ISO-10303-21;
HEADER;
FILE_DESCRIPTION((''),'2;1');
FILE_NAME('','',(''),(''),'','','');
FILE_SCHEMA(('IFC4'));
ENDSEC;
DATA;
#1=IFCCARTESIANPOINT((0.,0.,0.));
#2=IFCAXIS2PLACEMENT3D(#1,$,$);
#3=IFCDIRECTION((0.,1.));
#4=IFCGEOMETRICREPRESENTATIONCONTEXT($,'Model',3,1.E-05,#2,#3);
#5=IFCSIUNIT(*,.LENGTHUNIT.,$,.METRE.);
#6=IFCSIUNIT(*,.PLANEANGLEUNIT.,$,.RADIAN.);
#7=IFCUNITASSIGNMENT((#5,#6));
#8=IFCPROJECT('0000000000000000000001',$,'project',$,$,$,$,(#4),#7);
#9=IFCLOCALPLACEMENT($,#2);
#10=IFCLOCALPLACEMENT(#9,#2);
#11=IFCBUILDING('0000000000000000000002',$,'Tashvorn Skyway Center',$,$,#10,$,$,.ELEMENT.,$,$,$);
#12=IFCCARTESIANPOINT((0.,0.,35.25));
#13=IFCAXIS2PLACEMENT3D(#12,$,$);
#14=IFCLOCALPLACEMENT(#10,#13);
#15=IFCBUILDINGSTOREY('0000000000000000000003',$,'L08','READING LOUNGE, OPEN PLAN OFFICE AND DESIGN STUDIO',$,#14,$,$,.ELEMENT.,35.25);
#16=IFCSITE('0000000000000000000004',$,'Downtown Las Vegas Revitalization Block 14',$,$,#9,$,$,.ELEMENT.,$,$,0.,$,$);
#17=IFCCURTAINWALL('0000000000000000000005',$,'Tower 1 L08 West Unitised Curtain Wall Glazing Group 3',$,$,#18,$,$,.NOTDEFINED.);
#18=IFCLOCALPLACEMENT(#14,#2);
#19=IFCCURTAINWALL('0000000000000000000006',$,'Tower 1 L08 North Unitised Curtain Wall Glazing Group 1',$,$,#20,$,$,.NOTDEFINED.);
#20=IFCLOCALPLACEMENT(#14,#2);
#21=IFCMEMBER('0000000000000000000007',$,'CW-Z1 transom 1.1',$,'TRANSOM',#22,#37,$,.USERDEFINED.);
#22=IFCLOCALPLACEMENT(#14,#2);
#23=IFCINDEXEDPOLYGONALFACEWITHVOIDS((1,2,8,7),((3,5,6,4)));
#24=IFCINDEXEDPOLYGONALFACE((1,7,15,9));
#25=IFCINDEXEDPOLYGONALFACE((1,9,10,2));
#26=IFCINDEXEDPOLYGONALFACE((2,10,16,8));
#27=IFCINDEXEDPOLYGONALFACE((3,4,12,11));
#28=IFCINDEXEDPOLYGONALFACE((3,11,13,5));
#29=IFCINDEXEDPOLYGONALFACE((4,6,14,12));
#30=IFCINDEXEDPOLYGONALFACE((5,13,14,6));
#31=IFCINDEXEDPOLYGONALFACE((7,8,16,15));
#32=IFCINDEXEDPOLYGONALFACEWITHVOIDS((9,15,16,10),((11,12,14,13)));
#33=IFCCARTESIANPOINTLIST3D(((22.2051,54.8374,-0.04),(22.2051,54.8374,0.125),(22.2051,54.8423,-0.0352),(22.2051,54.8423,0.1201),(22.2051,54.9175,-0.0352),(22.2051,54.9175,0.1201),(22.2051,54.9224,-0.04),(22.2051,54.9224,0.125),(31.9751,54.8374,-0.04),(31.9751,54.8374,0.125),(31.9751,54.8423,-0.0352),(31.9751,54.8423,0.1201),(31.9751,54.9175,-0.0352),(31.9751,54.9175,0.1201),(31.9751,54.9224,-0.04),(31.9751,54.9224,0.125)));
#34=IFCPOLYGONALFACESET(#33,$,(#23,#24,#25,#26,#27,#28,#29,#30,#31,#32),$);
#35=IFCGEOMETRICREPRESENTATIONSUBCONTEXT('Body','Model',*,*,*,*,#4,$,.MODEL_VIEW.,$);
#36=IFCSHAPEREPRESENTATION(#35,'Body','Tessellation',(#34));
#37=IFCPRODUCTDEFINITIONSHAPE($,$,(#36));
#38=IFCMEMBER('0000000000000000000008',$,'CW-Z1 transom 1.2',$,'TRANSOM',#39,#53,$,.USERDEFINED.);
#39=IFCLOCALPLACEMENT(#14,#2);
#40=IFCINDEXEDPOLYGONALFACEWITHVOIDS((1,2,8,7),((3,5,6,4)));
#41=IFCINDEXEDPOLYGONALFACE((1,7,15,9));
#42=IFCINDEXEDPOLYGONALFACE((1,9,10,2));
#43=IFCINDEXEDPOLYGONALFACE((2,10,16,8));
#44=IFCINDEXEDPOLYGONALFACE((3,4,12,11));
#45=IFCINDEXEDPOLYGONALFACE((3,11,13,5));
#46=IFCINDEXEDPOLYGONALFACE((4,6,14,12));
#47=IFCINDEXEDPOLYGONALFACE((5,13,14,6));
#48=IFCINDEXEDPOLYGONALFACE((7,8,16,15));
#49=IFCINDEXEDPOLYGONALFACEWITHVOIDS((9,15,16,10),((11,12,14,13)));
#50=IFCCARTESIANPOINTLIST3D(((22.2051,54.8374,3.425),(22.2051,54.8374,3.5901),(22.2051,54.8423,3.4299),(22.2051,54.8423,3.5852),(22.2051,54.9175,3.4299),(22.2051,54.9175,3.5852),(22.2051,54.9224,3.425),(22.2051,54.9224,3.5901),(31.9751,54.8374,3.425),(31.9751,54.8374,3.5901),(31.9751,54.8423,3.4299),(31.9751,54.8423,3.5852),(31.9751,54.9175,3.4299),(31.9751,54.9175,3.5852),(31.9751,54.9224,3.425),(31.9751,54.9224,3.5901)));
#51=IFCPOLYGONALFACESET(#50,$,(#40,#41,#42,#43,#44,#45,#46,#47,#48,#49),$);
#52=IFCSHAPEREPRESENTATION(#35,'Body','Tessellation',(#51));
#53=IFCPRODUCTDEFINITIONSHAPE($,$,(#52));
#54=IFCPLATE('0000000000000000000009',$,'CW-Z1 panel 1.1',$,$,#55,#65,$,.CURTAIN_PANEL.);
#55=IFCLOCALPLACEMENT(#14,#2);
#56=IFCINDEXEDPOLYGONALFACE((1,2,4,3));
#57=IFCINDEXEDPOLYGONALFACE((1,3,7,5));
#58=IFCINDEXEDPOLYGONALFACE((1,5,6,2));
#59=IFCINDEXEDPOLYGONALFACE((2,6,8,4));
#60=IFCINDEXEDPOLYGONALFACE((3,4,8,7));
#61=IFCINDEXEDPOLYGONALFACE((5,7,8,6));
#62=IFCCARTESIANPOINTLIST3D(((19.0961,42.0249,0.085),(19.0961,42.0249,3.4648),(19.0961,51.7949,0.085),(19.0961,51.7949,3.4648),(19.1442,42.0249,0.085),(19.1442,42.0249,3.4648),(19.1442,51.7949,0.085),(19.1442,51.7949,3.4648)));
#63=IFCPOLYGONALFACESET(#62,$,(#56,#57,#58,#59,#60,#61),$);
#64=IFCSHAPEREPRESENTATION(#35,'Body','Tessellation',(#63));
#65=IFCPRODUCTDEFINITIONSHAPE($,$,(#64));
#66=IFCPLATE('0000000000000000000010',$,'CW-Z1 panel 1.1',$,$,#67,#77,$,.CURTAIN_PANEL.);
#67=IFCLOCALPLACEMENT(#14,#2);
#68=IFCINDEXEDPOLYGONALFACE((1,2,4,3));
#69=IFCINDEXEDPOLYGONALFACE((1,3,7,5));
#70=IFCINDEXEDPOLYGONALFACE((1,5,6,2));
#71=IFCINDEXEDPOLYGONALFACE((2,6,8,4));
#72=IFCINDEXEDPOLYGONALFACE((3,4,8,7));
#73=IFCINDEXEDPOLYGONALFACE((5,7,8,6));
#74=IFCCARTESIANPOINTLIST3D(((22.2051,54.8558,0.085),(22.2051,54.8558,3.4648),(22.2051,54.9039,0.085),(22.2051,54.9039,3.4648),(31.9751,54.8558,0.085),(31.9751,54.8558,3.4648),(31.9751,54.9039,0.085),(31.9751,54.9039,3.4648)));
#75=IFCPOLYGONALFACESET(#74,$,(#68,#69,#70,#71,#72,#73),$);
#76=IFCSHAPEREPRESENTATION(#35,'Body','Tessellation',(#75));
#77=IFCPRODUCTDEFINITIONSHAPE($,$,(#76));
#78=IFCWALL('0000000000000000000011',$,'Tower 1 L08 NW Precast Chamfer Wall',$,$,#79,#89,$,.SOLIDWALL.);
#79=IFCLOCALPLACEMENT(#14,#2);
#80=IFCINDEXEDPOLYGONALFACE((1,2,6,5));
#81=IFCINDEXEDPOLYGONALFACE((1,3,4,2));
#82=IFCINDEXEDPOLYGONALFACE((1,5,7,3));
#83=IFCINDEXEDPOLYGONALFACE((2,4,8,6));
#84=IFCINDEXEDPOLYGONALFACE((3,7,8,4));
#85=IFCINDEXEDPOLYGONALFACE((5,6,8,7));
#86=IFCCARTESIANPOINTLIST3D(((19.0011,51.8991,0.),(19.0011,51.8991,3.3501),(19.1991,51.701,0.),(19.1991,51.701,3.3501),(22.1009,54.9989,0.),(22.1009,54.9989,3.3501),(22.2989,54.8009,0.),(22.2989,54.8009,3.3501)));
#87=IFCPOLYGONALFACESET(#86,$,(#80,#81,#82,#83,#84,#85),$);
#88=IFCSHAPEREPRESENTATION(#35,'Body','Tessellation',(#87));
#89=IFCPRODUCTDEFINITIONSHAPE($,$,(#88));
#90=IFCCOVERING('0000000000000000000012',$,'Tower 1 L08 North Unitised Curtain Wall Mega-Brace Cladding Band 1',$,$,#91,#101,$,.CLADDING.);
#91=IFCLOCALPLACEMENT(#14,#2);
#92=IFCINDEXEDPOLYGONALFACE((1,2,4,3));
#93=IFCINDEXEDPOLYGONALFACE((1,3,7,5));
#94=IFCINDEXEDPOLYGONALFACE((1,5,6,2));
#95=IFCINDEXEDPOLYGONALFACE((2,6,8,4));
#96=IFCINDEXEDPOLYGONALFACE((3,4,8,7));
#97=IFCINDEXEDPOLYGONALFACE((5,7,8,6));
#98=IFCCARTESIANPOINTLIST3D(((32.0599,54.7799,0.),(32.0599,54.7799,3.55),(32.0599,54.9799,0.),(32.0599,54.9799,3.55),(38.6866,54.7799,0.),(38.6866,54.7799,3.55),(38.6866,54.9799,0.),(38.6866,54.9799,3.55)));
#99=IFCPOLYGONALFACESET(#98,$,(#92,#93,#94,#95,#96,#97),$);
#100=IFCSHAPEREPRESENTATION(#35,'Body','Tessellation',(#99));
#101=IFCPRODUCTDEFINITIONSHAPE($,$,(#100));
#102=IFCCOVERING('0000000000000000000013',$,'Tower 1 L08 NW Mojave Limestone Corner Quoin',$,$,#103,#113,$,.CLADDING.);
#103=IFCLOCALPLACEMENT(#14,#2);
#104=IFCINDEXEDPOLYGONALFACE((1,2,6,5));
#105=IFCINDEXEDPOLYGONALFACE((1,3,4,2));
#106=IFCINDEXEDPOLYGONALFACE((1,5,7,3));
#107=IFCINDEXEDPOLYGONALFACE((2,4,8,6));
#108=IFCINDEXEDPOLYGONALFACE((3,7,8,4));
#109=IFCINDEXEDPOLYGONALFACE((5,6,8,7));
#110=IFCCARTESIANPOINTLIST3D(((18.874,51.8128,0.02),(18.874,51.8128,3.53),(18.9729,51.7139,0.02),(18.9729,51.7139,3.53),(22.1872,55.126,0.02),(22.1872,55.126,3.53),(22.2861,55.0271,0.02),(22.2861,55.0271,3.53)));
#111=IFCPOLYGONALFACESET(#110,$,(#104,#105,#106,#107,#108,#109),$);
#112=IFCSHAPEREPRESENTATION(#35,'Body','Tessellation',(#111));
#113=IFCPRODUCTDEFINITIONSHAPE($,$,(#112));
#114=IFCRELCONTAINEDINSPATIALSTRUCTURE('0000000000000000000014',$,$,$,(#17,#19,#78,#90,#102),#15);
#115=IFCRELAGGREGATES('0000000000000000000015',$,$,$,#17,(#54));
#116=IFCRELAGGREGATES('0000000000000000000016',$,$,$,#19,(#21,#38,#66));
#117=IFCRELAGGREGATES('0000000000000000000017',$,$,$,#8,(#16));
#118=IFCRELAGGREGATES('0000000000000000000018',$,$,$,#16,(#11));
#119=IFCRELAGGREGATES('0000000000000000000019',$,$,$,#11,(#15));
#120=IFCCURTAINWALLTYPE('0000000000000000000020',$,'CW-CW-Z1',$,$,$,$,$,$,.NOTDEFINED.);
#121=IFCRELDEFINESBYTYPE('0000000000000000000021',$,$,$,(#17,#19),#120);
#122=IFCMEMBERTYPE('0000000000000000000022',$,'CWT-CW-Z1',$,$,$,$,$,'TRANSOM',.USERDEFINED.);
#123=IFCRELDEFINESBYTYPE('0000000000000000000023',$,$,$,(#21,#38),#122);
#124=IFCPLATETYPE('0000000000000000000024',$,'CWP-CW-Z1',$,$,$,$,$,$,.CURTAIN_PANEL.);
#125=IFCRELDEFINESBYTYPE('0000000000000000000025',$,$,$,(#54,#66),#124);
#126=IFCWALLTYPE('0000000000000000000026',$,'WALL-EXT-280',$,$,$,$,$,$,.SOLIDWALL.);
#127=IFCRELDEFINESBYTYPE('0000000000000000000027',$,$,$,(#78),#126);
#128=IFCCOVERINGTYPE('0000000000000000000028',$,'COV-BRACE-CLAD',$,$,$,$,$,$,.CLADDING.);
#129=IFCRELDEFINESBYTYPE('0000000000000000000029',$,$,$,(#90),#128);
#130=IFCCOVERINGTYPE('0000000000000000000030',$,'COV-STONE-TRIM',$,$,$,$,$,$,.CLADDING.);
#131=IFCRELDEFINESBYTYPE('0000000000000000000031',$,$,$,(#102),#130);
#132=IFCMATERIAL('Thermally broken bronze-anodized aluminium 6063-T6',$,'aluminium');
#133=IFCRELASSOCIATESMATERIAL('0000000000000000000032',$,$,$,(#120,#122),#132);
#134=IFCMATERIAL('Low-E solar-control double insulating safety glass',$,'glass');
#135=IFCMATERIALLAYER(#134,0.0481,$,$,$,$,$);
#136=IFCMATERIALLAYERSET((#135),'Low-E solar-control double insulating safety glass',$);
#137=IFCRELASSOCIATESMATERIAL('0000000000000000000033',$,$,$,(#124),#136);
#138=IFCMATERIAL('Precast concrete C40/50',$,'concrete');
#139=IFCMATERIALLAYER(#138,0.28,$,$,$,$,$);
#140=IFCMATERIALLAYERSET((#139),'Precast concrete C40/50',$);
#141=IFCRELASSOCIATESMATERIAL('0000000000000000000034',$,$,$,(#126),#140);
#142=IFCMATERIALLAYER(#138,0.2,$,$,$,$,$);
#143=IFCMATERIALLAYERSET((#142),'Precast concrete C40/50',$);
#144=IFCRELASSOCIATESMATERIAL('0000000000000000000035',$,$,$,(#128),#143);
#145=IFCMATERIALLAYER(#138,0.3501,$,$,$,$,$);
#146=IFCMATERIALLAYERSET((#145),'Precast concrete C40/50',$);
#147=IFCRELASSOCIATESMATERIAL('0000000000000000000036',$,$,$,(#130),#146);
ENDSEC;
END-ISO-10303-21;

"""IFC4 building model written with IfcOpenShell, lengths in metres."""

from ifc_helpers import new_model, si_unit, direction, frame, frame_2d, origin, origin_2d, place, context, subcontext, project, spatial, rectangle, hollow_rectangle, extrude, material, layer, layer_set, material_profile, profile_set, type_object, element, aggregate, save


model = new_model("IFC4")

# Units and contexts
model_context = context("Model", 3, precision=1e-05, world=origin(), true_north=direction((0.0, 1.0)))
body_context = subcontext(model_context, "Body", "Model", "MODEL_VIEW")
ifc_project = project(units=[si_unit("LENGTHUNIT", "METRE"), si_unit("PLANEANGLEUNIT", "RADIAN")], contexts=[model_context])

# Site, building, storey
site_placement = place(None, origin())
site = spatial("IfcSite", under=ifc_project, at=site_placement, Name="Downtown Las Vegas Revitalization Block 14", CompositionType="ELEMENT", RefElevation=0.0)
building_placement = place(site_placement, origin())
building = spatial("IfcBuilding", under=site, at=building_placement, Name="Tashvorn Skyway Center", CompositionType="ELEMENT")
storey_placement = place(building_placement, frame((0.0, 0.0, 35.25)))
storey = spatial("IfcBuildingStorey", under=building, at=storey_placement, Name="L08", Description="READING LOUNGE, OPEN PLAN OFFICE AND DESIGN STUDIO", CompositionType="ELEMENT", Elevation=35.25)

# Curtain wall
ifc_material_1 = material(Name="Thermally broken bronze-anodized aluminium 6063-T6", Category="aluminium")
curtain_wall_type = type_object("IfcCurtainWallType", Name="CW-CW-Z1", PredefinedType="NOTDEFINED", material=ifc_material_1)
curtain_wall_1_placement = place(storey_placement, origin())
curtain_wall_1 = element("IfcCurtainWall", 1, at=curtain_wall_1_placement, inside=storey, type_object=curtain_wall_type, Name="Tower 1 L08 West Unitised Curtain Wall Glazing Group 3", PredefinedType="NOTDEFINED")

# Curtain wall, members
curtain_wall_2_placement = place(storey_placement, origin())
curtain_wall_2 = element("IfcCurtainWall", 2, at=curtain_wall_2_placement, inside=storey, type_object=curtain_wall_type, Name="Tower 1 L08 North Unitised Curtain Wall Glazing Group 1", PredefinedType="NOTDEFINED")
ifc_material_profile_1 = material_profile(ifc_material_1, hollow_rectangle(XDim=0.085, YDim=0.165, WallThickness=0.0049, at=origin_2d()), Name="ALU-TRAN-85x165")
ifc_profile_set_1 = profile_set([ifc_material_profile_1], Name="Thermally broken bronze-anodized aluminium 6063-T6")
member_type_1 = type_object("IfcMemberType", Name="CWT-CW-Z1", ElementType="TRANSOM", PredefinedType="USERDEFINED", material=ifc_profile_set_1)
member_1_placement = place(storey_placement, frame((22.2051, 54.8799, 0.0425), z_axis=(1.0, 0.0, 0.0), x_axis=(0.0, 1.0, 0.0)))
member_1 = element("IfcMember", 3, at=member_1_placement, type_object=member_type_1, Name="CW-Z1 transom 1.1", ObjectType="TRANSOM", PredefinedType="USERDEFINED", context=body_context, shape_type="SweptSolid", body=[
    extrude(hollow_rectangle(XDim=0.085, YDim=0.165, WallThickness=0.0049, at=origin_2d()), origin(), (0.0, 0.0, 1.0), 9.77),
])
member_2_placement = place(storey_placement, frame((22.2051, 54.8799, 3.5076), z_axis=(1.0, 0.0, 0.0), x_axis=(0.0, 1.0, 0.0)))
member_2 = element("IfcMember", 4, at=member_2_placement, type_object=member_type_1, Name="CW-Z1 transom 1.2", ObjectType="TRANSOM", PredefinedType="USERDEFINED", context=body_context, shape_type="SweptSolid", body=[
    extrude(hollow_rectangle(XDim=0.085, YDim=0.165, WallThickness=0.0049, at=origin_2d()), origin(), (0.0, 0.0, 1.0), 9.77),
])

# Plates
ifc_material_2 = material(Name="Low-E solar-control double insulating safety glass", Category="glass")
ifc_layer_1 = layer(ifc_material_2, 0.0481)
ifc_layer_set_1 = layer_set([ifc_layer_1], Name="Low-E solar-control double insulating safety glass")
plate_type = type_object("IfcPlateType", Name="CWP-CW-Z1", PredefinedType="CURTAIN_PANEL", material=ifc_layer_set_1)
plate_1_placement = place(storey_placement, frame((19.1201, 46.9099, 0.085), z_axis=(0.0, 0.0, 1.0), x_axis=(0.0, 1.0, 0.0)))
plate_1 = element("IfcPlate", 5, at=plate_1_placement, type_object=plate_type, Name="CW-Z1 panel 1.1", PredefinedType="CURTAIN_PANEL", context=body_context, shape_type="SweptSolid", body=[
    extrude(rectangle(XDim=9.77, YDim=0.0481, at=origin_2d()), origin(), (0.0, 0.0, 1.0), 3.3799),
])
aggregate(curtain_wall_1, [plate_1])
plate_2_placement = place(storey_placement, frame((27.0901, 54.8799, 0.085), z_axis=(0.0, 0.0, 1.0), x_axis=(1.0, 0.0, 0.0)))
plate_2 = element("IfcPlate", 6, at=plate_2_placement, type_object=plate_type, Name="CW-Z1 panel 1.1", PredefinedType="CURTAIN_PANEL", context=body_context, shape_type="SweptSolid", body=[
    extrude(rectangle(XDim=9.77, YDim=0.0481, at=origin_2d()), origin(), (0.0, 0.0, 1.0), 3.3799),
])
aggregate(curtain_wall_2, [member_1, member_2, plate_2])

# Wall
ifc_material_3 = material(Name="Precast concrete C40/50", Category="concrete")
ifc_layer_2 = layer(ifc_material_3, 0.28)
ifc_layer_set_2 = layer_set([ifc_layer_2], Name="Precast concrete C40/50")
wall_type = type_object("IfcWallType", Name="WALL-EXT-280", PredefinedType="SOLIDWALL", material=ifc_layer_set_2)
wall_placement = place(storey_placement, frame((19.1001, 51.8, 0.0), z_axis=(0.0, 0.0, 1.0), x_axis=(0.707107, 0.707107, 0.0)))
element("IfcWall", 7, at=wall_placement, inside=storey, type_object=wall_type, Name="Tower 1 L08 NW Precast Chamfer Wall", PredefinedType="SOLIDWALL", context=body_context, shape_type="SweptSolid", body=[
    extrude(rectangle(XDim=4.3838, YDim=0.28, at=frame_2d((2.1919, 0.0))), origin(), (0.0, 0.0, 1.0), 3.3501),
])

# Coverings
ifc_layer_3 = layer(ifc_material_3, 0.2)
ifc_layer_set_3 = layer_set([ifc_layer_3], Name="Precast concrete C40/50")
covering_type_1 = type_object("IfcCoveringType", Name="COV-BRACE-CLAD", PredefinedType="CLADDING", material=ifc_layer_set_3)
covering_1_placement = place(storey_placement, frame((35.3733, 54.8799, 0.0), z_axis=(0.0, 0.0, 1.0), x_axis=(1.0, 0.0, 0.0)))
element("IfcCovering", 8, at=covering_1_placement, inside=storey, type_object=covering_type_1, Name="Tower 1 L08 North Unitised Curtain Wall Mega-Brace Cladding Band 1", PredefinedType="CLADDING", context=body_context, shape_type="SweptSolid", body=[
    extrude(rectangle(XDim=6.6267, YDim=0.2, at=origin_2d()), origin(), (0.0, 0.0, 1.0), 3.55),
])
ifc_layer_4 = layer(ifc_material_3, 0.3501)
ifc_layer_set_4 = layer_set([ifc_layer_4], Name="Precast concrete C40/50")
covering_type_2 = type_object("IfcCoveringType", Name="COV-STONE-TRIM", PredefinedType="CLADDING", material=ifc_layer_set_4)
covering_2_placement = place(storey_placement, frame((20.5801, 53.4199, 0.02), z_axis=(0.0, 0.0, 1.0), x_axis=(-0.707107, -0.707107, 0.0)))
element("IfcCovering", 9, at=covering_2_placement, inside=storey, type_object=covering_type_2, Name="Tower 1 L08 NW Mojave Limestone Corner Quoin", PredefinedType="CLADDING", context=body_context, shape_type="SweptSolid", body=[
    extrude(rectangle(XDim=4.6855, YDim=0.1399, at=origin_2d()), origin(), (0.0, 0.0, 1.0), 3.51),
])

save(model, "model.ifc")
